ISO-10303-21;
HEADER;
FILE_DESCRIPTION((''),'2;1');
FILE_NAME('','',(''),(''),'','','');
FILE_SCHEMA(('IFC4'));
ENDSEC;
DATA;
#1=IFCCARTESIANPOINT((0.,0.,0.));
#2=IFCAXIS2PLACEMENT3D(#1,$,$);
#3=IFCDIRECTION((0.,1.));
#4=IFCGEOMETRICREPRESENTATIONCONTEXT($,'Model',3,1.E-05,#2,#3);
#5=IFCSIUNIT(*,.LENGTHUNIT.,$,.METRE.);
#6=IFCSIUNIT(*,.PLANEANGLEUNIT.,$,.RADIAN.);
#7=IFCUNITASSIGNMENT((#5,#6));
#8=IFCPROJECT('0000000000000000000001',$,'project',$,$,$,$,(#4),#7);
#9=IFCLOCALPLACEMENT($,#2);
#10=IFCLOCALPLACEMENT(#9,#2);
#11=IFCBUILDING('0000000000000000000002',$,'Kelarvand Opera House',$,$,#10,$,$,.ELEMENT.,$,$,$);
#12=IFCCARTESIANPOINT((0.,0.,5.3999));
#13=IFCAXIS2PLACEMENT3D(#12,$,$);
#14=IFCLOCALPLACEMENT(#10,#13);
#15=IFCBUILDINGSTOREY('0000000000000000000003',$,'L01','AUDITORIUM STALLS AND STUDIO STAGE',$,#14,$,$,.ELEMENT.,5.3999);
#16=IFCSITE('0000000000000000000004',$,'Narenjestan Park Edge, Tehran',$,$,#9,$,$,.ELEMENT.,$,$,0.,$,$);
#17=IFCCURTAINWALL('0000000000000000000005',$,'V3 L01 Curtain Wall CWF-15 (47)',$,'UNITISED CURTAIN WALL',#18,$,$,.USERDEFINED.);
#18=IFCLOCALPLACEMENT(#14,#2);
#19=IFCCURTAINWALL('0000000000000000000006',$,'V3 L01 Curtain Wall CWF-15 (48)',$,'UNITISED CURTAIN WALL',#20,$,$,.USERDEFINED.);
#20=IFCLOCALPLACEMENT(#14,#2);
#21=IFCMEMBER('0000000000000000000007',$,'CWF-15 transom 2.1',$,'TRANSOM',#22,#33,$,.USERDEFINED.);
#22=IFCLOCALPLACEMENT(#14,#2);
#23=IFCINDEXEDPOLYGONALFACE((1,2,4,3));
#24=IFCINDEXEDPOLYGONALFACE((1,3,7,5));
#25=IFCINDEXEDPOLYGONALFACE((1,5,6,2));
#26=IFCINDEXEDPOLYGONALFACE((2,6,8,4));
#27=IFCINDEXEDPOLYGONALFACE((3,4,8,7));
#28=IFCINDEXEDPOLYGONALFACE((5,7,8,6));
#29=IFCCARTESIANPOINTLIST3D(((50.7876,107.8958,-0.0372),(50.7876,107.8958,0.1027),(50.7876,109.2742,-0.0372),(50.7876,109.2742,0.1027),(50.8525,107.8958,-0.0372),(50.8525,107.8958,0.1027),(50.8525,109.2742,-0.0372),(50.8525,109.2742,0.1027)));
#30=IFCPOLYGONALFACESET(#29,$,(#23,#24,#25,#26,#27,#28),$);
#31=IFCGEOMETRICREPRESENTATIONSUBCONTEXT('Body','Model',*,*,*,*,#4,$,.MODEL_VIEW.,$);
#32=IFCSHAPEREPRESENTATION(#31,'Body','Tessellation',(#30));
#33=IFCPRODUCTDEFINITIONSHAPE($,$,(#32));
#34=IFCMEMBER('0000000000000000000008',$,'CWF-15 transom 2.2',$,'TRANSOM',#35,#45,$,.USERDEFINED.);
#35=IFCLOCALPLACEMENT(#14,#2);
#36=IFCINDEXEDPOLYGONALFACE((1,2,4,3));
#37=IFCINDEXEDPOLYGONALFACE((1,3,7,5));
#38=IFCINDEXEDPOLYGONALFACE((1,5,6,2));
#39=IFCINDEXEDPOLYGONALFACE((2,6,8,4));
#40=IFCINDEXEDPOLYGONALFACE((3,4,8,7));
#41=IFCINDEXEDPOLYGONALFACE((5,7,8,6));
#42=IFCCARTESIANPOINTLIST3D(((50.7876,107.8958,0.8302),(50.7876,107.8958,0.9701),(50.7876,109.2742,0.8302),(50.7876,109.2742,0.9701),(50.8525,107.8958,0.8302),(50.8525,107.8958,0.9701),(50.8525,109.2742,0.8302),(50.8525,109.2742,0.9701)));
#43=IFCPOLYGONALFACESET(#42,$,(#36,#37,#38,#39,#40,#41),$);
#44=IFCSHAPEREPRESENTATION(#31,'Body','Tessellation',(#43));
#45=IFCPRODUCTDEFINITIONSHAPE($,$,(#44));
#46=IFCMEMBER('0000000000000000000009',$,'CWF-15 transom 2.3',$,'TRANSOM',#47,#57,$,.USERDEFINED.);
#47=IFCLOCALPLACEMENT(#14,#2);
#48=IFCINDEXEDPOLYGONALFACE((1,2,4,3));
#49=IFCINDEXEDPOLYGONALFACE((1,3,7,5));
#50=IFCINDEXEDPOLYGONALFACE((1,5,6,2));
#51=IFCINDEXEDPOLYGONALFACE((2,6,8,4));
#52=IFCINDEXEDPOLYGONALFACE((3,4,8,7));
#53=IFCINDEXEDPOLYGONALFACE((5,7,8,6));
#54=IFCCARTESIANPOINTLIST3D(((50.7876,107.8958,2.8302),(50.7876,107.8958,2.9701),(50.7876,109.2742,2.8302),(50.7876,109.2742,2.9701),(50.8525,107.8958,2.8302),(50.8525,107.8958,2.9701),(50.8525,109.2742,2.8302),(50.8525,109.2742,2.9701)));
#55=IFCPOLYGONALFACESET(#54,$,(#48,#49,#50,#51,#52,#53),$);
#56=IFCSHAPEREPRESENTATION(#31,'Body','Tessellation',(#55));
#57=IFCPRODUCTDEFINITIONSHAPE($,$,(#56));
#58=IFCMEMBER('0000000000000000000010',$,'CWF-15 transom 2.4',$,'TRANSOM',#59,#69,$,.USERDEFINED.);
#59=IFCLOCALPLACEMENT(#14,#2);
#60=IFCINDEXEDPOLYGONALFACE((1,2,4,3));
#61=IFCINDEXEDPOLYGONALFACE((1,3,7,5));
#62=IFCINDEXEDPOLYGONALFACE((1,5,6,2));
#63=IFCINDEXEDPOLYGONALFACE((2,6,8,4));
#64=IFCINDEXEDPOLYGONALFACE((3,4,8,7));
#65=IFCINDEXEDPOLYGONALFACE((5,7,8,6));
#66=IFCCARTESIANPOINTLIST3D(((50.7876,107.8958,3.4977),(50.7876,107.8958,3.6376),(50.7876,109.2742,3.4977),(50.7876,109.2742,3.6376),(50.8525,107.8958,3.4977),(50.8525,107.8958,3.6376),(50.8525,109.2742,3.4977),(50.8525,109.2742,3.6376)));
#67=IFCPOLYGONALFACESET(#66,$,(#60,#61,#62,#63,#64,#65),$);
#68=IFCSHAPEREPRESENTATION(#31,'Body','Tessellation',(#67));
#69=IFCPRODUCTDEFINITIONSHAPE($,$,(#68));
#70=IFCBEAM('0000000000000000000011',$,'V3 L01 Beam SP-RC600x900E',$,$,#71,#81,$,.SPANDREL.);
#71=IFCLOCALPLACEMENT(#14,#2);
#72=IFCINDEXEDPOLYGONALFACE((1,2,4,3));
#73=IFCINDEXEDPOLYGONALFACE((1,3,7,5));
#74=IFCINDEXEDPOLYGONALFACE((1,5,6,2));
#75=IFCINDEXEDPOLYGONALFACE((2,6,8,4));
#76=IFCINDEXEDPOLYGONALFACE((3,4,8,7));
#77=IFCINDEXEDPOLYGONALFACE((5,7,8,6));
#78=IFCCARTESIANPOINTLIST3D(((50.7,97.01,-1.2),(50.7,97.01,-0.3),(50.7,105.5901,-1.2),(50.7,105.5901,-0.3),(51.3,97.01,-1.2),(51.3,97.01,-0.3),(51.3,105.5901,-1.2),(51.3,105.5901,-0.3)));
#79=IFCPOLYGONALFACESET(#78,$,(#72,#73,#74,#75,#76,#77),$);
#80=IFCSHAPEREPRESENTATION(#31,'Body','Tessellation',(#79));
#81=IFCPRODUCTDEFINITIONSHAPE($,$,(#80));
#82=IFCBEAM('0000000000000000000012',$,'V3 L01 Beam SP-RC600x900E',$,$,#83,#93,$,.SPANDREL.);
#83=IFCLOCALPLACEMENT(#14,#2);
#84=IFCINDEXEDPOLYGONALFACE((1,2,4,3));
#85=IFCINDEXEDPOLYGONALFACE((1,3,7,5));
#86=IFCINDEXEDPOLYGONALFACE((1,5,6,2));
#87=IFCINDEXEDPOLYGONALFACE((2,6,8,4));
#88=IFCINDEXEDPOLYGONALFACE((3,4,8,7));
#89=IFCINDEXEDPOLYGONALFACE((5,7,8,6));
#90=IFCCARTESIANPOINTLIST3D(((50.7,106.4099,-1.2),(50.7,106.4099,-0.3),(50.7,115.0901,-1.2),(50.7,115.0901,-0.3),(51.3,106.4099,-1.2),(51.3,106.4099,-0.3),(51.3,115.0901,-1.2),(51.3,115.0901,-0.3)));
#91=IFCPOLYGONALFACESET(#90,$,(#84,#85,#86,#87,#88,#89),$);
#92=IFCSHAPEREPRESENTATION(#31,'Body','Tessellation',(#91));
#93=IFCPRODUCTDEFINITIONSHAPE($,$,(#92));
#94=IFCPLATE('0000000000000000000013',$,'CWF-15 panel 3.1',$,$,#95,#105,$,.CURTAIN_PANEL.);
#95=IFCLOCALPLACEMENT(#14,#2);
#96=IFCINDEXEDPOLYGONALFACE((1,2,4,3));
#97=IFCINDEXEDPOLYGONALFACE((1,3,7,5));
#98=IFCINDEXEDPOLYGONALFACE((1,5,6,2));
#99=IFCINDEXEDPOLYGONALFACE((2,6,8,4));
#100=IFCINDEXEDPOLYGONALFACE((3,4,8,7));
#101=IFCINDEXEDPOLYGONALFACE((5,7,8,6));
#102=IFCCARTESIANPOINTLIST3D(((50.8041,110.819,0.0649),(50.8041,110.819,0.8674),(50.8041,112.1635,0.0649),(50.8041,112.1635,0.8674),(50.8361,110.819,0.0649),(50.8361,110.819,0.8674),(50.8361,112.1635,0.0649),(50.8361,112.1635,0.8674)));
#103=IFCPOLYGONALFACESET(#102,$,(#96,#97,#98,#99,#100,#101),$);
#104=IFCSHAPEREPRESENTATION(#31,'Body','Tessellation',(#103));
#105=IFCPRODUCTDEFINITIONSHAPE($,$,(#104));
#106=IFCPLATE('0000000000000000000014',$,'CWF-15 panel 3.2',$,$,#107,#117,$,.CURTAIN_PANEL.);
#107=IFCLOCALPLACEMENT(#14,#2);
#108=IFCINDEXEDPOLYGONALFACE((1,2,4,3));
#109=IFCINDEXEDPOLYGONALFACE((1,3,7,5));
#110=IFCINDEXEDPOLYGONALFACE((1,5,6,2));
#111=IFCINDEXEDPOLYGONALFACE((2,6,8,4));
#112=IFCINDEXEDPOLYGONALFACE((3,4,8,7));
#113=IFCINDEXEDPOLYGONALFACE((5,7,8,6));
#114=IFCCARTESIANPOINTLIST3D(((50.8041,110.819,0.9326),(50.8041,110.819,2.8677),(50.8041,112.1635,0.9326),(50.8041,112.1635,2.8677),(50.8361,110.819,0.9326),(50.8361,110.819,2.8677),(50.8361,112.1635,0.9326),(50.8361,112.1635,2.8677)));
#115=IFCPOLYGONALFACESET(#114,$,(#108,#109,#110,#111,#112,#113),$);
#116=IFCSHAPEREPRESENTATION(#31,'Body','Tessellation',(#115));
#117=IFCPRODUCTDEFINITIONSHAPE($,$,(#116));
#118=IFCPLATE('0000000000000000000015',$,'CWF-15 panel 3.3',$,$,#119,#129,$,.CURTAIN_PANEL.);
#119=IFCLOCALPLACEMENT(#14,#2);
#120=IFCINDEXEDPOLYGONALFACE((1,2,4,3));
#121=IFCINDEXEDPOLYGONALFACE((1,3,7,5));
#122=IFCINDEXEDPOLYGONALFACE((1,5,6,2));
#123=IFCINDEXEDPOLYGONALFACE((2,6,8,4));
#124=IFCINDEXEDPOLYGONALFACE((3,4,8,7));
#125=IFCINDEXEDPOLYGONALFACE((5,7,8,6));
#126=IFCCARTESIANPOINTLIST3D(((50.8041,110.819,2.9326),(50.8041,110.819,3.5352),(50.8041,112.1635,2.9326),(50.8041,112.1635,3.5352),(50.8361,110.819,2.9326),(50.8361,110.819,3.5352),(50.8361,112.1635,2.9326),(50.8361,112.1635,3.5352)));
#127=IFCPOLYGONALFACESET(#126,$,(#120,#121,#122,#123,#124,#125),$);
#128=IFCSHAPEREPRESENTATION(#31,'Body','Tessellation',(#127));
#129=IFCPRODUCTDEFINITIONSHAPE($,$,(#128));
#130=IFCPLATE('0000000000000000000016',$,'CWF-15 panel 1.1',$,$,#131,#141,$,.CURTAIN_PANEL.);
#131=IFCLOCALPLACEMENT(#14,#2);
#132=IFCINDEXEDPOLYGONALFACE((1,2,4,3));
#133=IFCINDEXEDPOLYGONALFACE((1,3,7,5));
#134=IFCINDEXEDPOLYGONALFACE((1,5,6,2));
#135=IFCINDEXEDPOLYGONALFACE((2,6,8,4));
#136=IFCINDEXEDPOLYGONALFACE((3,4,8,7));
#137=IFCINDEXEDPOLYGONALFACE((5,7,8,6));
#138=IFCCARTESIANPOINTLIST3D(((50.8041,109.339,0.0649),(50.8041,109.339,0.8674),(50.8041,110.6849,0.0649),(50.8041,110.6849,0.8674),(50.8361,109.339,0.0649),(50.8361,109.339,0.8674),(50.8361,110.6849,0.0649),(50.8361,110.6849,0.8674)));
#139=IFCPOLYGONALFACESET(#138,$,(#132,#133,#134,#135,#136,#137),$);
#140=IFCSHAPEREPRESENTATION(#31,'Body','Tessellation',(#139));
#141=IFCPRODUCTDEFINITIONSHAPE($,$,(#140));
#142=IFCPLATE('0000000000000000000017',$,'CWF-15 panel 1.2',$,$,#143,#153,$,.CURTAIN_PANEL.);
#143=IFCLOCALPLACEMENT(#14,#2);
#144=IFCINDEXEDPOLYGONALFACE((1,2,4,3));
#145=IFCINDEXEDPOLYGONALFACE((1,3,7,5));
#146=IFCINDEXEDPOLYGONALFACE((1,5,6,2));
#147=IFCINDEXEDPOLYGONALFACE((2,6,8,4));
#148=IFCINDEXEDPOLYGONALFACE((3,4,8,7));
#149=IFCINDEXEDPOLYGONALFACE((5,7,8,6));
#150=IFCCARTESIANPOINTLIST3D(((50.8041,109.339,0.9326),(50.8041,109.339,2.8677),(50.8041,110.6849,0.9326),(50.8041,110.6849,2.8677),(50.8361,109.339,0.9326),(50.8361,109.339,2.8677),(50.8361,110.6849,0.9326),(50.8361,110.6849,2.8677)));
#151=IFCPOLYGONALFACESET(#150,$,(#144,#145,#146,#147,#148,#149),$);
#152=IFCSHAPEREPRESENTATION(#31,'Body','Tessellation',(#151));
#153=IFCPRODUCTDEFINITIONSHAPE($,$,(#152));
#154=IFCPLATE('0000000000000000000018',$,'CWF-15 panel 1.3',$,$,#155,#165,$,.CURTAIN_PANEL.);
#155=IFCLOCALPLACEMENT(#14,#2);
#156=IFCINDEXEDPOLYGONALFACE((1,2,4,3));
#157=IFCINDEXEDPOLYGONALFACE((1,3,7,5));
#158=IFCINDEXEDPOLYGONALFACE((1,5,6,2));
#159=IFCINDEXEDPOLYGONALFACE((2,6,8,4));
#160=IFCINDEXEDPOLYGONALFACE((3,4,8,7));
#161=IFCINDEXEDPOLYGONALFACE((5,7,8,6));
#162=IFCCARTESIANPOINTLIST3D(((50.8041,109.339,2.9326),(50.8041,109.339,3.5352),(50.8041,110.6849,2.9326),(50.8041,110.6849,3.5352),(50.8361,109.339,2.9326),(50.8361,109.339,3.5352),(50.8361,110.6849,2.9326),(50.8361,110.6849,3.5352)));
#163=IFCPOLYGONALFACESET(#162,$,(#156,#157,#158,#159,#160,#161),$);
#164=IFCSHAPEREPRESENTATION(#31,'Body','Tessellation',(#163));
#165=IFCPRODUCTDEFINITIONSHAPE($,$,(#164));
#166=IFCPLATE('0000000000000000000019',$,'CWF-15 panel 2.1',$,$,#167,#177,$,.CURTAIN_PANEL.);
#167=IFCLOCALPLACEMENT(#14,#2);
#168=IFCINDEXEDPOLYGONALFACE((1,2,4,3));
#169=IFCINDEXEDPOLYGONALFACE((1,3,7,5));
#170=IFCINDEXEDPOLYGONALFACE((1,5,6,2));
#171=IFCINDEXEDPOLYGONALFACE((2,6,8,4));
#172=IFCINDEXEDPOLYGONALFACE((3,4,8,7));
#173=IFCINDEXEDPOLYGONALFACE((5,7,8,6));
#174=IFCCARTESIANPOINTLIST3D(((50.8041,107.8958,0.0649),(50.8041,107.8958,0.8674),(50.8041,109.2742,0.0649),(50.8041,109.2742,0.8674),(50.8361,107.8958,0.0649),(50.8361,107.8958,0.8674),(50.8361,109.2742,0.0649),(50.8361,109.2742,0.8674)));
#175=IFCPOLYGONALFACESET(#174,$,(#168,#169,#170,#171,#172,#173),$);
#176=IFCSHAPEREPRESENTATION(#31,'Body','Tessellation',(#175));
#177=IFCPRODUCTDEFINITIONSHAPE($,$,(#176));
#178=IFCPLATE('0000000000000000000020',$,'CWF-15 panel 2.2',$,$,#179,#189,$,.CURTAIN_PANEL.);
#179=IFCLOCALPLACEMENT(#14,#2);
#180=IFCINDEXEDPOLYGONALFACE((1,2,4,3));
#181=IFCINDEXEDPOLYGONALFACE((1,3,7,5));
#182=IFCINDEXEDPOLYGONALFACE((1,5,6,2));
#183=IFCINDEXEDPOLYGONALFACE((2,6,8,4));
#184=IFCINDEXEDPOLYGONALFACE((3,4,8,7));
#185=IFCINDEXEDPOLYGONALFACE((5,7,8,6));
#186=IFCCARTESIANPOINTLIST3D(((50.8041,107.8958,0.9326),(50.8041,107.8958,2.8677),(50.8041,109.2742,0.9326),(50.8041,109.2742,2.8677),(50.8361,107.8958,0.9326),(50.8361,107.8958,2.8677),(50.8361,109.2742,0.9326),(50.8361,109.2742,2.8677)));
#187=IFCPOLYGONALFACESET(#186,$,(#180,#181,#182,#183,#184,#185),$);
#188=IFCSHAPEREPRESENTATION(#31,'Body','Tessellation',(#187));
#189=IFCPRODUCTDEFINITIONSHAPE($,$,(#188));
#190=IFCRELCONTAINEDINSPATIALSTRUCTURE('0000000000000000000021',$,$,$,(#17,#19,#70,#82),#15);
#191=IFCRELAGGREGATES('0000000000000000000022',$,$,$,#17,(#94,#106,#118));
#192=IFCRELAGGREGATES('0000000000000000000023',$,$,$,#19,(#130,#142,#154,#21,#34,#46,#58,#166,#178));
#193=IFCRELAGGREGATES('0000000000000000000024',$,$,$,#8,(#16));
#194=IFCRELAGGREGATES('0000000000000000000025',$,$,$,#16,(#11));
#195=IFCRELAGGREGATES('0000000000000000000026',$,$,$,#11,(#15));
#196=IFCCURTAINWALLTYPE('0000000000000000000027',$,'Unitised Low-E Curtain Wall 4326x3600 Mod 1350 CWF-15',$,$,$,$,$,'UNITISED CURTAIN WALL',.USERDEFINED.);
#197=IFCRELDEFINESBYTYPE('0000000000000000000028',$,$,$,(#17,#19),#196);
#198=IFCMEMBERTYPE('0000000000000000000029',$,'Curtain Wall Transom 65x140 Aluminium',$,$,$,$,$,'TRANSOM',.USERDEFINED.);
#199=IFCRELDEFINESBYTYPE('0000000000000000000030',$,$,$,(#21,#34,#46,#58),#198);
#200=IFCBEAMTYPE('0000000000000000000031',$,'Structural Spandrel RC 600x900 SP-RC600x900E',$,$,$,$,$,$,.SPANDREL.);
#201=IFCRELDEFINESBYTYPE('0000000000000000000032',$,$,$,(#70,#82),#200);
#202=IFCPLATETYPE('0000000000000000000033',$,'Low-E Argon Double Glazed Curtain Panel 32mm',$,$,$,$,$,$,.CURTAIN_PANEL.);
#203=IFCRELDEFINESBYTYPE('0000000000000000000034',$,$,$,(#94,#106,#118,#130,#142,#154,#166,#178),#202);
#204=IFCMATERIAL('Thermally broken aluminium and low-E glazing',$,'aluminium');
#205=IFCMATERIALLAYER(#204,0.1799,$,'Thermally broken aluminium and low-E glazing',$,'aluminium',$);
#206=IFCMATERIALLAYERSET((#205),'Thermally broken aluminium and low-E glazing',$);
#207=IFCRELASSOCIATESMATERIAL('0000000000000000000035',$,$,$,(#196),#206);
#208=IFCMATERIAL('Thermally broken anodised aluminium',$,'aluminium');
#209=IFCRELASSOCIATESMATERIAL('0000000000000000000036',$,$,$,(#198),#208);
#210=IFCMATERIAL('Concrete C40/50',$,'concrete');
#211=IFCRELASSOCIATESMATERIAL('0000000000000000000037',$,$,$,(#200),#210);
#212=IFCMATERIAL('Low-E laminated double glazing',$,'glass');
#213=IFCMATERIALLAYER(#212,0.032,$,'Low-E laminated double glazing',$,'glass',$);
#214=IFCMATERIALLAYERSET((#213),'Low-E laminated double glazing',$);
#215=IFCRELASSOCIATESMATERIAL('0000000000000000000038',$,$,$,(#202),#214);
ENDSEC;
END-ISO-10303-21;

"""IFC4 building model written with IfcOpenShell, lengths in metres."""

from ifc_helpers import new_model, si_unit, direction, frame, origin, origin_2d, place, context, subcontext, project, spatial, rectangle, extrude, material, layer, layer_set, material_profile, profile_set, type_object, element, aggregate, save


model = new_model("IFC4")

# Units and contexts
model_context = context("Model", 3, precision=1e-05, world=origin(), true_north=direction((0.0, 1.0)))
body_context = subcontext(model_context, "Body", "Model", "MODEL_VIEW")
ifc_project = project(units=[si_unit("LENGTHUNIT", "METRE"), si_unit("PLANEANGLEUNIT", "RADIAN")], contexts=[model_context])

# Site, building, storey
site_placement = place(None, origin())
site = spatial("IfcSite", under=ifc_project, at=site_placement, Name="Narenjestan Park Edge, Tehran", CompositionType="ELEMENT", RefElevation=0.0)
building_placement = place(site_placement, origin())
building = spatial("IfcBuilding", under=site, at=building_placement, Name="Kelarvand Opera House", CompositionType="ELEMENT")
storey_placement = place(building_placement, frame((0.0, 0.0, 5.3999)))
storey = spatial("IfcBuildingStorey", under=building, at=storey_placement, Name="L01", Description="AUDITORIUM STALLS AND STUDIO STAGE", CompositionType="ELEMENT", Elevation=5.3999)

# Shared definitions
ifc_material_1 = material(Name="Concrete C40/50", Category="concrete")

# Curtain walls
ifc_material_2 = material(Name="Thermally broken aluminium and low-E glazing", Category="aluminium")
ifc_layer_1 = layer(ifc_material_2, 0.1799, Name="Thermally broken aluminium and low-E glazing", Category="aluminium")
ifc_layer_set_1 = layer_set([ifc_layer_1], Name="Thermally broken aluminium and low-E glazing")
curtain_wall_type = type_object("IfcCurtainWallType", Name="Unitised Low-E Curtain Wall 4326x3600 Mod 1350 CWF-15", ElementType="UNITISED CURTAIN WALL", PredefinedType="USERDEFINED", material=ifc_layer_set_1)
curtain_wall_1_placement = place(storey_placement, origin())
curtain_wall_1 = element("IfcCurtainWall", 1, at=curtain_wall_1_placement, inside=storey, type_object=curtain_wall_type, Name="V3 L01 Curtain Wall CWF-15 (47)", ObjectType="UNITISED CURTAIN WALL", PredefinedType="USERDEFINED")
ifc_material_3 = material(Name="Thermally broken anodised aluminium", Category="aluminium")
curtain_wall_2_placement = place(storey_placement, origin())
curtain_wall_2 = element("IfcCurtainWall", 2, at=curtain_wall_2_placement, inside=storey, type_object=curtain_wall_type, Name="V3 L01 Curtain Wall CWF-15 (48)", ObjectType="UNITISED CURTAIN WALL", PredefinedType="USERDEFINED")

# Members
ifc_material_profile_1 = material_profile(ifc_material_3, rectangle(XDim=0.0649, YDim=0.1399, at=origin_2d()), Name="ALU TRANSOM 65x140", Category="aluminium")
ifc_profile_set_1 = profile_set([ifc_material_profile_1], Name="Thermally broken anodised aluminium")
member_type_1 = type_object("IfcMemberType", Name="Curtain Wall Transom 65x140 Aluminium", ElementType="TRANSOM", PredefinedType="USERDEFINED", material=ifc_profile_set_1)
member_1_placement = place(storey_placement, frame((50.8201, 109.2742, 0.0327), z_axis=(0.0, -1.0, 0.0), x_axis=(1.0, 0.0, 0.0)))
member_1 = element("IfcMember", 3, at=member_1_placement, type_object=member_type_1, Name="CWF-15 transom 2.1", ObjectType="TRANSOM", PredefinedType="USERDEFINED", context=body_context, shape_type="SweptSolid", body=[
    extrude(rectangle(XDim=0.0649, YDim=0.1399, at=origin_2d()), origin(), (0.0, 0.0, 1.0), 1.3784),
])
member_2_placement = place(storey_placement, frame((50.8201, 109.2742, 0.9001), z_axis=(0.0, -1.0, 0.0), x_axis=(1.0, 0.0, 0.0)))
member_2 = element("IfcMember", 4, at=member_2_placement, type_object=member_type_1, Name="CWF-15 transom 2.2", ObjectType="TRANSOM", PredefinedType="USERDEFINED", context=body_context, shape_type="SweptSolid", body=[
    extrude(rectangle(XDim=0.0649, YDim=0.1399, at=origin_2d()), origin(), (0.0, 0.0, 1.0), 1.3784),
])
member_3_placement = place(storey_placement, frame((50.8201, 109.2742, 2.9001), z_axis=(0.0, -1.0, 0.0), x_axis=(1.0, 0.0, 0.0)))
member_3 = element("IfcMember", 5, at=member_3_placement, type_object=member_type_1, Name="CWF-15 transom 2.3", ObjectType="TRANSOM", PredefinedType="USERDEFINED", context=body_context, shape_type="SweptSolid", body=[
    extrude(rectangle(XDim=0.0649, YDim=0.1399, at=origin_2d()), origin(), (0.0, 0.0, 1.0), 1.3784),
])
member_4_placement = place(storey_placement, frame((50.8201, 109.2742, 3.5676), z_axis=(0.0, -1.0, 0.0), x_axis=(1.0, 0.0, 0.0)))
member_4 = element("IfcMember", 6, at=member_4_placement, type_object=member_type_1, Name="CWF-15 transom 2.4", ObjectType="TRANSOM", PredefinedType="USERDEFINED", context=body_context, shape_type="SweptSolid", body=[
    extrude(rectangle(XDim=0.0649, YDim=0.1399, at=origin_2d()), origin(), (0.0, 0.0, 1.0), 1.3784),
])

# Beams
ifc_material_profile_2 = material_profile(ifc_material_1, rectangle(XDim=0.6001, YDim=0.8999, at=origin_2d()), Name="RC 600x900", Category="concrete")
ifc_profile_set_2 = profile_set([ifc_material_profile_2], Name="Concrete C40/50")
beam_type = type_object("IfcBeamType", Name="Structural Spandrel RC 600x900 SP-RC600x900E", PredefinedType="SPANDREL", material=ifc_profile_set_2)
beam_1_placement = place(storey_placement, frame((51.0, 97.01, -0.75), z_axis=(0.0, 1.0, 0.0), x_axis=(-1.0, 0.0, 0.0)))
element("IfcBeam", 7, at=beam_1_placement, inside=storey, type_object=beam_type, Name="V3 L01 Beam SP-RC600x900E", PredefinedType="SPANDREL", context=body_context, shape_type="SweptSolid", body=[
    extrude(rectangle(XDim=0.6001, YDim=0.8999, at=origin_2d()), origin(), (0.0, 0.0, 1.0), 8.5801),
])
beam_2_placement = place(storey_placement, frame((51.0, 106.4099, -0.75), z_axis=(0.0, 1.0, 0.0), x_axis=(-1.0, 0.0, 0.0)))
element("IfcBeam", 8, at=beam_2_placement, inside=storey, type_object=beam_type, Name="V3 L01 Beam SP-RC600x900E", PredefinedType="SPANDREL", context=body_context, shape_type="SweptSolid", body=[
    extrude(rectangle(XDim=0.6001, YDim=0.8999, at=origin_2d()), origin(), (0.0, 0.0, 1.0), 8.6802),
])

# Plates
ifc_material_4 = material(Name="Low-E laminated double glazing", Category="glass")
ifc_layer_2 = layer(ifc_material_4, 0.032, Name="Low-E laminated double glazing", Category="glass")
ifc_layer_set_2 = layer_set([ifc_layer_2], Name="Low-E laminated double glazing")
plate_type = type_object("IfcPlateType", Name="Low-E Argon Double Glazed Curtain Panel 32mm", PredefinedType="CURTAIN_PANEL", material=ifc_layer_set_2)
plate_1_placement = place(storey_placement, frame((50.8201, 111.4912, 0.0649), z_axis=(0.0, 0.0, 1.0), x_axis=(0.0, -1.0, 0.0)))
plate_1 = element("IfcPlate", 9, at=plate_1_placement, type_object=plate_type, Name="CWF-15 panel 3.1", PredefinedType="CURTAIN_PANEL", context=body_context, shape_type="SweptSolid", body=[
    extrude(rectangle(XDim=1.3445, YDim=0.032, at=origin_2d()), origin(), (0.0, 0.0, 1.0), 0.8025),
])
plate_2_placement = place(storey_placement, frame((50.8201, 111.4912, 0.9326), z_axis=(0.0, 0.0, 1.0), x_axis=(0.0, -1.0, 0.0)))
plate_2 = element("IfcPlate", 10, at=plate_2_placement, type_object=plate_type, Name="CWF-15 panel 3.2", PredefinedType="CURTAIN_PANEL", context=body_context, shape_type="SweptSolid", body=[
    extrude(rectangle(XDim=1.3445, YDim=0.032, at=origin_2d()), origin(), (0.0, 0.0, 1.0), 1.9351),
])
plate_3_placement = place(storey_placement, frame((50.8201, 111.4912, 2.9326), z_axis=(0.0, 0.0, 1.0), x_axis=(0.0, -1.0, 0.0)))
plate_3 = element("IfcPlate", 11, at=plate_3_placement, type_object=plate_type, Name="CWF-15 panel 3.3", PredefinedType="CURTAIN_PANEL", context=body_context, shape_type="SweptSolid", body=[
    extrude(rectangle(XDim=1.3445, YDim=0.032, at=origin_2d()), origin(), (0.0, 0.0, 1.0), 0.6025),
])
aggregate(curtain_wall_1, [plate_1, plate_2, plate_3])
plate_4_placement = place(storey_placement, frame((50.8201, 110.012, 0.0649), z_axis=(0.0, 0.0, 1.0), x_axis=(0.0, -1.0, 0.0)))
plate_4 = element("IfcPlate", 12, at=plate_4_placement, type_object=plate_type, Name="CWF-15 panel 1.1", PredefinedType="CURTAIN_PANEL", context=body_context, shape_type="SweptSolid", body=[
    extrude(rectangle(XDim=1.3459, YDim=0.032, at=origin_2d()), origin(), (0.0, 0.0, 1.0), 0.8025),
])
plate_5_placement = place(storey_placement, frame((50.8201, 110.012, 0.9326), z_axis=(0.0, 0.0, 1.0), x_axis=(0.0, -1.0, 0.0)))
plate_5 = element("IfcPlate", 13, at=plate_5_placement, type_object=plate_type, Name="CWF-15 panel 1.2", PredefinedType="CURTAIN_PANEL", context=body_context, shape_type="SweptSolid", body=[
    extrude(rectangle(XDim=1.3459, YDim=0.032, at=origin_2d()), origin(), (0.0, 0.0, 1.0), 1.9351),
])
plate_6_placement = place(storey_placement, frame((50.8201, 110.012, 2.9326), z_axis=(0.0, 0.0, 1.0), x_axis=(0.0, -1.0, 0.0)))
plate_6 = element("IfcPlate", 14, at=plate_6_placement, type_object=plate_type, Name="CWF-15 panel 1.3", PredefinedType="CURTAIN_PANEL", context=body_context, shape_type="SweptSolid", body=[
    extrude(rectangle(XDim=1.3459, YDim=0.032, at=origin_2d()), origin(), (0.0, 0.0, 1.0), 0.6025),
])
plate_7_placement = place(storey_placement, frame((50.8201, 108.585, 0.0649), z_axis=(0.0, 0.0, 1.0), x_axis=(0.0, -1.0, 0.0)))
plate_7 = element("IfcPlate", 15, at=plate_7_placement, type_object=plate_type, Name="CWF-15 panel 2.1", PredefinedType="CURTAIN_PANEL", context=body_context, shape_type="SweptSolid", body=[
    extrude(rectangle(XDim=1.3784, YDim=0.032, at=origin_2d()), origin(), (0.0, 0.0, 1.0), 0.8025),
])
plate_8_placement = place(storey_placement, frame((50.8201, 108.585, 0.9326), z_axis=(0.0, 0.0, 1.0), x_axis=(0.0, -1.0, 0.0)))
plate_8 = element("IfcPlate", 16, at=plate_8_placement, type_object=plate_type, Name="CWF-15 panel 2.2", PredefinedType="CURTAIN_PANEL", context=body_context, shape_type="SweptSolid", body=[
    extrude(rectangle(XDim=1.3784, YDim=0.032, at=origin_2d()), origin(), (0.0, 0.0, 1.0), 1.9351),
])
aggregate(curtain_wall_2, [plate_4, plate_5, plate_6, member_1, member_2, member_3, member_4, plate_7, plate_8])

save(model, "model.ifc")
